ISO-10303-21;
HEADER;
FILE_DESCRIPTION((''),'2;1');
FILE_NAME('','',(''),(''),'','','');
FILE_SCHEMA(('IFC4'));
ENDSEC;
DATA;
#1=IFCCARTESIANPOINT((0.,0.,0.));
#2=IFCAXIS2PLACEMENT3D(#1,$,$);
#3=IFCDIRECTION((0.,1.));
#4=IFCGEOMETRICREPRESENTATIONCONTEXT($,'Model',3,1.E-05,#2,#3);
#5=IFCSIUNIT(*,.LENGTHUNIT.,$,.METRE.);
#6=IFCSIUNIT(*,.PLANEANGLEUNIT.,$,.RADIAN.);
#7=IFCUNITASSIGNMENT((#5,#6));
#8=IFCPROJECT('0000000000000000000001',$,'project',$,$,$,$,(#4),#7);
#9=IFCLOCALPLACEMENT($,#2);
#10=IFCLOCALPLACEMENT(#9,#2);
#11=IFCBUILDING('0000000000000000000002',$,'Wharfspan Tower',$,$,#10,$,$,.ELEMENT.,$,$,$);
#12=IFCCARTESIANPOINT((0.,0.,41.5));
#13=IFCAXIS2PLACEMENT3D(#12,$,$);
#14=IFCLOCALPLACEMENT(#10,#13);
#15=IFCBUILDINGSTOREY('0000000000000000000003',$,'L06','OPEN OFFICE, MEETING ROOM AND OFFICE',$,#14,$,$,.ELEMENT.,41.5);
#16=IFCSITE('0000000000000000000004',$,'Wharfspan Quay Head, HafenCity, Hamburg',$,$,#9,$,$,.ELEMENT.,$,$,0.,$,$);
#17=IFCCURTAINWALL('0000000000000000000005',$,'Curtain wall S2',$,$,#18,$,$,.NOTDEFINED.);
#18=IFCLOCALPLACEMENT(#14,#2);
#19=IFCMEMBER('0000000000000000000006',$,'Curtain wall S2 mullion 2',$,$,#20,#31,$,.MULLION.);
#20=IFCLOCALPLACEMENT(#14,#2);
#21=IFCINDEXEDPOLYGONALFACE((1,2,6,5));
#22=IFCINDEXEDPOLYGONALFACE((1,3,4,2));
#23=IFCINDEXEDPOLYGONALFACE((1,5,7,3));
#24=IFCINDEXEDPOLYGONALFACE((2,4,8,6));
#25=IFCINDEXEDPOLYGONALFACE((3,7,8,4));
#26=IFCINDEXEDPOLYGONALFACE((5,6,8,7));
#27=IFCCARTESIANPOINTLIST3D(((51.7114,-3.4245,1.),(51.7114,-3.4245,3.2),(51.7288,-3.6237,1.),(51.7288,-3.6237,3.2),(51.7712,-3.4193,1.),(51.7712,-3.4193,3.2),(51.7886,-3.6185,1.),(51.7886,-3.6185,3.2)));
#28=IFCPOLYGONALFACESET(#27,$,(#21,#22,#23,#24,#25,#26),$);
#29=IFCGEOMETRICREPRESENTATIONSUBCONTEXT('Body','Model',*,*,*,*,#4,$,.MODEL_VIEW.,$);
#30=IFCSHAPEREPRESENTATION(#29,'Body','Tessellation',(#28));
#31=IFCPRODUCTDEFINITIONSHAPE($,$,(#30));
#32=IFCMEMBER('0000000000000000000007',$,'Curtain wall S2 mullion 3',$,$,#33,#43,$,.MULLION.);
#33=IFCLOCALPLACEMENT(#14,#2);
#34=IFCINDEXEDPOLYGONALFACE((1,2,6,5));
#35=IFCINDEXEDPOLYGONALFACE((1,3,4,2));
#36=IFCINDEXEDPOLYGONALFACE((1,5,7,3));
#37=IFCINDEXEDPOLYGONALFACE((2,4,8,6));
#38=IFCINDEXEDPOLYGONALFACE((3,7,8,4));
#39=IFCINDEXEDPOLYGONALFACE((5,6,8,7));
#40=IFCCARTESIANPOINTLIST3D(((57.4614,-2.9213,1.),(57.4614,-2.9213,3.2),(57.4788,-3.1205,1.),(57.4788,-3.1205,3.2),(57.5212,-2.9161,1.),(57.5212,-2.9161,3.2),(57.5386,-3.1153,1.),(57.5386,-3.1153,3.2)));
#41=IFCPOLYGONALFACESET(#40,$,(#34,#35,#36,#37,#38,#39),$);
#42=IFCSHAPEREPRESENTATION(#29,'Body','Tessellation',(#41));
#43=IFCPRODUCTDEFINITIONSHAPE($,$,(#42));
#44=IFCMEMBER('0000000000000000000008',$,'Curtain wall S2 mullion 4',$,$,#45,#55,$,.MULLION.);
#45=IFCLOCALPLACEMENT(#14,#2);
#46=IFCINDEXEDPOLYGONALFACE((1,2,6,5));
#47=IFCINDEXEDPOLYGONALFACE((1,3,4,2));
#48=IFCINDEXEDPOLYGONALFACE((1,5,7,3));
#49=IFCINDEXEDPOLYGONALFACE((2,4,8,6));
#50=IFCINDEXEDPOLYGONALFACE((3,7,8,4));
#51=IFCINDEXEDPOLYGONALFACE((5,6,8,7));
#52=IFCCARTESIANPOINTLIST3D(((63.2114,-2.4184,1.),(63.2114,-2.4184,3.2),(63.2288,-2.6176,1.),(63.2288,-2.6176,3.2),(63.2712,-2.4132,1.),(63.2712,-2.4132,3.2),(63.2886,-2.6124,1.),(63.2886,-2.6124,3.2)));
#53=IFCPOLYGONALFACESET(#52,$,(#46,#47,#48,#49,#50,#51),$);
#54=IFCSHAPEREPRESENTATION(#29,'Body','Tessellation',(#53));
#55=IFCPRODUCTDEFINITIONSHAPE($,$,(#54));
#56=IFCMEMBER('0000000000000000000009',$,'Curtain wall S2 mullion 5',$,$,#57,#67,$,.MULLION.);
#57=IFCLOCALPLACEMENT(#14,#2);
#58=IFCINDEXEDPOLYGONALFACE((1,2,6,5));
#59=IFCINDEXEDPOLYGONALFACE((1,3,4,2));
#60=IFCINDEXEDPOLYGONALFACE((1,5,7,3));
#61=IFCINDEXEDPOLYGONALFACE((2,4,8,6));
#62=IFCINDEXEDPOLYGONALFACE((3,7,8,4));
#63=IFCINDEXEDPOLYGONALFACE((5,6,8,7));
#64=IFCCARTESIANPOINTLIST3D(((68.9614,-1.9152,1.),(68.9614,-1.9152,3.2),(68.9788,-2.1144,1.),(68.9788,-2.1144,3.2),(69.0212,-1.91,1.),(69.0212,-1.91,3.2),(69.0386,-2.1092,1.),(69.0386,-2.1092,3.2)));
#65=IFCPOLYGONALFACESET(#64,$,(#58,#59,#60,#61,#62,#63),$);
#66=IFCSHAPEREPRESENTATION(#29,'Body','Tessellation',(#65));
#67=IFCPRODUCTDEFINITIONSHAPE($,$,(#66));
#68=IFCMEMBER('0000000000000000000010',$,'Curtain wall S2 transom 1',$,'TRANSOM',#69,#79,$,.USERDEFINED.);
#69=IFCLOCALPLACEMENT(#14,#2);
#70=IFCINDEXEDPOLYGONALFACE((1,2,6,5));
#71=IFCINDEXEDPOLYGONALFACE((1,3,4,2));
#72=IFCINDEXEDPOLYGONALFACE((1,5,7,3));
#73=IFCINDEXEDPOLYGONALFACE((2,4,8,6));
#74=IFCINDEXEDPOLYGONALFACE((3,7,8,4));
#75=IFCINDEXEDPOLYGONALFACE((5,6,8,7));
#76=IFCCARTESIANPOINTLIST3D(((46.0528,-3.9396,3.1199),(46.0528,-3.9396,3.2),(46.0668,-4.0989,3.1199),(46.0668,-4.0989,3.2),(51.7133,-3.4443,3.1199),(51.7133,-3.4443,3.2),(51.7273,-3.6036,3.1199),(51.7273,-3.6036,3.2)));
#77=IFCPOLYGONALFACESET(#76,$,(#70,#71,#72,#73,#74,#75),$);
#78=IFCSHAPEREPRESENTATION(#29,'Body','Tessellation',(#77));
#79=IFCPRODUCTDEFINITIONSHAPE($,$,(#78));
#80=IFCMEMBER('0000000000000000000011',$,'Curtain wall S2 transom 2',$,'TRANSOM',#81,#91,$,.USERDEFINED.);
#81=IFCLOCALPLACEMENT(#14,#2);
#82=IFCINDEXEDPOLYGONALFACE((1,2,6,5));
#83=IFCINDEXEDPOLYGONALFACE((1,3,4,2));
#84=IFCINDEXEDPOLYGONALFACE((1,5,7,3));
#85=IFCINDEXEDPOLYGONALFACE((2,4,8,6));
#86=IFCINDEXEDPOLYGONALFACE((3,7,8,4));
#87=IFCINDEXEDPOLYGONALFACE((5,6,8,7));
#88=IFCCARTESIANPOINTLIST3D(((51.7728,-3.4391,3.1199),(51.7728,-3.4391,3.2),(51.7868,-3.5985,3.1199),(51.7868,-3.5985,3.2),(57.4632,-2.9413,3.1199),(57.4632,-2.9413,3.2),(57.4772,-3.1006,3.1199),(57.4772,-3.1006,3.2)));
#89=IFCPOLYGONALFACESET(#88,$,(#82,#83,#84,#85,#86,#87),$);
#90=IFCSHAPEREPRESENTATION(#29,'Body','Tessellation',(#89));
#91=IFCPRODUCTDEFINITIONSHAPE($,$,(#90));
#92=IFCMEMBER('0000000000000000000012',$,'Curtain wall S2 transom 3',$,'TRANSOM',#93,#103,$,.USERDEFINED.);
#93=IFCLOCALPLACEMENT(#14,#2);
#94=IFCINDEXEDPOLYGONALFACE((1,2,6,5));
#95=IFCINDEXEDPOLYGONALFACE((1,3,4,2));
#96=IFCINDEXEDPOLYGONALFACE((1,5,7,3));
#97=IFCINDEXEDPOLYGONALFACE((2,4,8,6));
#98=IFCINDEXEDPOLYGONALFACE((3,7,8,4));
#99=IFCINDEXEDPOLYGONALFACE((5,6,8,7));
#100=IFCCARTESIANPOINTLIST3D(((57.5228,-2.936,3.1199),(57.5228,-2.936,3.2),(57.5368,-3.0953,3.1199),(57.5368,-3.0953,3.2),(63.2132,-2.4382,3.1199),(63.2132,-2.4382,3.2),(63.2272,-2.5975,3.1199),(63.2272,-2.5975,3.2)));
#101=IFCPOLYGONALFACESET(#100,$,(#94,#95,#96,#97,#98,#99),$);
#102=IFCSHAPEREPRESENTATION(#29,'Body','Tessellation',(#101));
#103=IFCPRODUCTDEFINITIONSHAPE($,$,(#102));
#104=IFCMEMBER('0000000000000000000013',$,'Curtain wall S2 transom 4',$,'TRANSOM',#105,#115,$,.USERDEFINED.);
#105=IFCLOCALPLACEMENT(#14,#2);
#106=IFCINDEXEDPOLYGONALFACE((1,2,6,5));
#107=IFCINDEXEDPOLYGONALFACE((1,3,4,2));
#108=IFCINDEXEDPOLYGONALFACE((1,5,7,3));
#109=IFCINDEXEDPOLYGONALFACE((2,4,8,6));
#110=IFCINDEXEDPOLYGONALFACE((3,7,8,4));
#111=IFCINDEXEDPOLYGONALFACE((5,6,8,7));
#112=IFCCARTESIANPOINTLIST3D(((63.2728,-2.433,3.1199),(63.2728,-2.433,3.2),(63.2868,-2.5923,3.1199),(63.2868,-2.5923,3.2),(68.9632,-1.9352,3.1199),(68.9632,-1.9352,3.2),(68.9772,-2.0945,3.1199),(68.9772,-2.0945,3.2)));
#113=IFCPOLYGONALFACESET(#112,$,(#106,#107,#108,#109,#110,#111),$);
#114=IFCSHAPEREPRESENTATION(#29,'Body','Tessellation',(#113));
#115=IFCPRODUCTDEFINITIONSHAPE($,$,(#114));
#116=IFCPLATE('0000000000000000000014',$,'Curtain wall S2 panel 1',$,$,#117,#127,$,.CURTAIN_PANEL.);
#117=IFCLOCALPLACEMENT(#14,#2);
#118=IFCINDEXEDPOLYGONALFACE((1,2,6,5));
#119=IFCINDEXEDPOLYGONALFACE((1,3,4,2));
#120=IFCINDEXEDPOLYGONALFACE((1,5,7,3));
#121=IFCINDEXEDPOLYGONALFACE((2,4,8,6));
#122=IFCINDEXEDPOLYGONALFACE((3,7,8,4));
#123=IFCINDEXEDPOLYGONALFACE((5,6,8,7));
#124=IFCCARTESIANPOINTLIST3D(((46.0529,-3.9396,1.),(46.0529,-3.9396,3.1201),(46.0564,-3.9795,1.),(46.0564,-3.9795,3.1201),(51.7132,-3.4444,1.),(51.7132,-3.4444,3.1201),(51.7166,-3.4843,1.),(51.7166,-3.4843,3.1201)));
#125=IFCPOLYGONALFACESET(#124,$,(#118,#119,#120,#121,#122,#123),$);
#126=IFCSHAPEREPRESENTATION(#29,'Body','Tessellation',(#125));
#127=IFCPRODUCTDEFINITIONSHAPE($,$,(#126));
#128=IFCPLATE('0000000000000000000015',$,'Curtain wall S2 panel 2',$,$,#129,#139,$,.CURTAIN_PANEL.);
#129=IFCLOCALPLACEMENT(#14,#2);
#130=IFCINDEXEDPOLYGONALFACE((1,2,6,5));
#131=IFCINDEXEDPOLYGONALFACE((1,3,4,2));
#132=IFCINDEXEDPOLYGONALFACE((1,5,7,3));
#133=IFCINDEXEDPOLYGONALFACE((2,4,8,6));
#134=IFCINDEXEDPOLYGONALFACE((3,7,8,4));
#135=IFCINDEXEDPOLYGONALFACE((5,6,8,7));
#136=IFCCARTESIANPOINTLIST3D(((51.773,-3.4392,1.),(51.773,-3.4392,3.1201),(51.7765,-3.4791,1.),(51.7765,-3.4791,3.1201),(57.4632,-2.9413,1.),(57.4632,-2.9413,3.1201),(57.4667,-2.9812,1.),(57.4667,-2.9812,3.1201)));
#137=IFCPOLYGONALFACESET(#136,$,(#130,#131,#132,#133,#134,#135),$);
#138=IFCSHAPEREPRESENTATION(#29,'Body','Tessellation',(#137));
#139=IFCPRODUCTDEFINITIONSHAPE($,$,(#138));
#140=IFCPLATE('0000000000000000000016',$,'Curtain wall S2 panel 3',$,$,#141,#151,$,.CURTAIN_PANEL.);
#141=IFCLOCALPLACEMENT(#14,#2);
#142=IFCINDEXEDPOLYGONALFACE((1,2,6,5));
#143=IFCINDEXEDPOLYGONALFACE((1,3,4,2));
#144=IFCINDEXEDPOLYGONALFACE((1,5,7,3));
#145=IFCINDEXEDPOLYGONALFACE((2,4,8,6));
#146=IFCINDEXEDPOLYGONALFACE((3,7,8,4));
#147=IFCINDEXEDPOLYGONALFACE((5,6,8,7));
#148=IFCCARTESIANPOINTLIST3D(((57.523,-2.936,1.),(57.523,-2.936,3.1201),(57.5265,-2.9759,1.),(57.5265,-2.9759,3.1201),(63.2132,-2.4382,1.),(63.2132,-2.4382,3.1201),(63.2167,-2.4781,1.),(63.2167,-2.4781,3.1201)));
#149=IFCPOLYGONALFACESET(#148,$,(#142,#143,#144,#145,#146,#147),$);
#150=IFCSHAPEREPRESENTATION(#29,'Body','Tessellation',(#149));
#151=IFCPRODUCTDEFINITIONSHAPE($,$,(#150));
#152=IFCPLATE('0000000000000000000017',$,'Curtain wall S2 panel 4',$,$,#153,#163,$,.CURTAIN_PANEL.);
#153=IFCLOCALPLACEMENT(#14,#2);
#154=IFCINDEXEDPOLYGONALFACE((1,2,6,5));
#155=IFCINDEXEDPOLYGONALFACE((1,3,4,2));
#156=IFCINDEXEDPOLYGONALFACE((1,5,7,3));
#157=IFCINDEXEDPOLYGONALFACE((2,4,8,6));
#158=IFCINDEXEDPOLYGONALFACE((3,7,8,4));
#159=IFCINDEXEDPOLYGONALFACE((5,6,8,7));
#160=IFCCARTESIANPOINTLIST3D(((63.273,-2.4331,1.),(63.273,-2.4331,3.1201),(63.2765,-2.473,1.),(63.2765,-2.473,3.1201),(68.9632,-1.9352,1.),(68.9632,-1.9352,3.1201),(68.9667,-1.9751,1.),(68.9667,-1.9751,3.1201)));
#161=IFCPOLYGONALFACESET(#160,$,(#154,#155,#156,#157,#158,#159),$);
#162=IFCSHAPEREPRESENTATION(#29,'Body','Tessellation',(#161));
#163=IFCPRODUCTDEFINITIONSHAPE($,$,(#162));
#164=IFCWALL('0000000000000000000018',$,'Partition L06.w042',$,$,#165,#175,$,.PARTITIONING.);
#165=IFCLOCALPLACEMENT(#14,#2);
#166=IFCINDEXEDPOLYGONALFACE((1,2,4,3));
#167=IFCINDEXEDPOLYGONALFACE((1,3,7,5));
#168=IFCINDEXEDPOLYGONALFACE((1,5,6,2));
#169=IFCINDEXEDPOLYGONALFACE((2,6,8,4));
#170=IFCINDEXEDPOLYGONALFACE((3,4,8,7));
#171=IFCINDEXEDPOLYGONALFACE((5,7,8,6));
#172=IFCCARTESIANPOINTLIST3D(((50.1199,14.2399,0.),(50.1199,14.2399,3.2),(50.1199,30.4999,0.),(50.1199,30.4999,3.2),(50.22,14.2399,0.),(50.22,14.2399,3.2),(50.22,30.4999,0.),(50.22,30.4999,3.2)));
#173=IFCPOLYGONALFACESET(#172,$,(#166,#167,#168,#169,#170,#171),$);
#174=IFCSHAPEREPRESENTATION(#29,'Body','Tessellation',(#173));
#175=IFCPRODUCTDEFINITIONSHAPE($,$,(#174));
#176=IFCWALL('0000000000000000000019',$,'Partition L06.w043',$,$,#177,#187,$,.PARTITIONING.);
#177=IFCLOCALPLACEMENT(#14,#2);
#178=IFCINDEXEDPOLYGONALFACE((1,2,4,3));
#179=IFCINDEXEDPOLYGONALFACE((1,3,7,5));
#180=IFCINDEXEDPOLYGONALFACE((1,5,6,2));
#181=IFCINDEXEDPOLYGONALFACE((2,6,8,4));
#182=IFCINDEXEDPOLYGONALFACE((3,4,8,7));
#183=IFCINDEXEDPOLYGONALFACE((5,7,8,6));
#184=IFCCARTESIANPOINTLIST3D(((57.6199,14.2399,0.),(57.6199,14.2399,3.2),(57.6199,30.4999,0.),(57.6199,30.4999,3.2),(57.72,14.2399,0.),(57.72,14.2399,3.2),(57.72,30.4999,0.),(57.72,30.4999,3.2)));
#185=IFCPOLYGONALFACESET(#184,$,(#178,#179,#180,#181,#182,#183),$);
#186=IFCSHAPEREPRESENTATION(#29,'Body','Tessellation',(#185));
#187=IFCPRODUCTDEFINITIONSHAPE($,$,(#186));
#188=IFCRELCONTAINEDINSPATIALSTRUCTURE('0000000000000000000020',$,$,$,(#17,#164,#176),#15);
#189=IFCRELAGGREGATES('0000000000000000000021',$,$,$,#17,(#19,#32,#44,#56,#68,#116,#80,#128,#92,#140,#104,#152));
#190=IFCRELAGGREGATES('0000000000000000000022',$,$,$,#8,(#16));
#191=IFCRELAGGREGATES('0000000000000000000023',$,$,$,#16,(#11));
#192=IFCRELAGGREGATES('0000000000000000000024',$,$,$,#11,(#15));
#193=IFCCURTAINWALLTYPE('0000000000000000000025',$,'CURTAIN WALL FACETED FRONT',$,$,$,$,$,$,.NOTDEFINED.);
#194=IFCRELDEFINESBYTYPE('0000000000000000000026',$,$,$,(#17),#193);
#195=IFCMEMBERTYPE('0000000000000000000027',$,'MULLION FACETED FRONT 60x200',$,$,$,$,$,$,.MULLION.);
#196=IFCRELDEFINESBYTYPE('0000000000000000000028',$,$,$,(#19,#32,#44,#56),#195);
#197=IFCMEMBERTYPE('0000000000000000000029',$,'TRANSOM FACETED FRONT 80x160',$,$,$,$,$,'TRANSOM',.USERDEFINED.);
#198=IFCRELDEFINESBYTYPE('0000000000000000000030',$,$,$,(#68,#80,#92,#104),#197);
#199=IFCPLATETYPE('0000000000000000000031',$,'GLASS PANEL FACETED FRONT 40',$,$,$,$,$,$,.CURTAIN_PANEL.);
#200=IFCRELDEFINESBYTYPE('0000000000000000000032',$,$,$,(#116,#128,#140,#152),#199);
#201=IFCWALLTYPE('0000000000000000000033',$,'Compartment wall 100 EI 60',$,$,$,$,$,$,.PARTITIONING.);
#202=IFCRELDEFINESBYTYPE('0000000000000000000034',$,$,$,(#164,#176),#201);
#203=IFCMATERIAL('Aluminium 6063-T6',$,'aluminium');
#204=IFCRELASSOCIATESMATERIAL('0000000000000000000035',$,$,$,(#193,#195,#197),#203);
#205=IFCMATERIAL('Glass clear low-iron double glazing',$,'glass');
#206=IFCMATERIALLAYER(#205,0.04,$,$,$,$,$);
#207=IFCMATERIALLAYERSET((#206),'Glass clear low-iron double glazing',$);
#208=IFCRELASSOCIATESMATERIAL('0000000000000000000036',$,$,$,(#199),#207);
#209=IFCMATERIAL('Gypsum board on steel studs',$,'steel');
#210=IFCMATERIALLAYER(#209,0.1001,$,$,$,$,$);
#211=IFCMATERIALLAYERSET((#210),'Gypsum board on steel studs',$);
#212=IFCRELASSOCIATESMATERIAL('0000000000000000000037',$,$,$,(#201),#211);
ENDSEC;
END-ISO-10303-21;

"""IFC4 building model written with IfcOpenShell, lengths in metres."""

from ifc_helpers import new_model, si_unit, direction, frame, frame_2d, origin, origin_2d, place, context, subcontext, project, spatial, rectangle, extrude, material, layer, layer_set, material_profile, profile_set, type_object, element, aggregate, save


model = new_model("IFC4")

# Units and contexts
model_context = context("Model", 3, precision=1e-05, world=origin(), true_north=direction((0.0, 1.0)))
body_context = subcontext(model_context, "Body", "Model", "MODEL_VIEW")
ifc_project = project(units=[si_unit("LENGTHUNIT", "METRE"), si_unit("PLANEANGLEUNIT", "RADIAN")], contexts=[model_context])

# Site, building, storey
site_placement = place(None, origin())
site = spatial("IfcSite", under=ifc_project, at=site_placement, Name="Wharfspan Quay Head, HafenCity, Hamburg", CompositionType="ELEMENT", RefElevation=0.0)
building_placement = place(site_placement, origin())
building = spatial("IfcBuilding", under=site, at=building_placement, Name="Wharfspan Tower", CompositionType="ELEMENT")
storey_placement = place(building_placement, frame((0.0, 0.0, 41.5)))
storey = spatial("IfcBuildingStorey", under=building, at=storey_placement, Name="L06", Description="OPEN OFFICE, MEETING ROOM AND OFFICE", CompositionType="ELEMENT", Elevation=41.5)

# Curtain wall, members, plates
ifc_material_1 = material(Name="Aluminium 6063-T6", Category="aluminium")
curtain_wall_type = type_object("IfcCurtainWallType", Name="CURTAIN WALL FACETED FRONT", PredefinedType="NOTDEFINED", material=ifc_material_1)
curtain_wall_placement = place(storey_placement, origin())
curtain_wall = element("IfcCurtainWall", 1, at=curtain_wall_placement, inside=storey, type_object=curtain_wall_type, Name="Curtain wall S2", PredefinedType="NOTDEFINED")
ifc_material_profile_1 = material_profile(ifc_material_1, rectangle(XDim=0.2, YDim=0.0601, at=origin_2d()))
ifc_profile_set_1 = profile_set([ifc_material_profile_1], Name="Aluminium 6063-T6")
member_type_1 = type_object("IfcMemberType", Name="MULLION FACETED FRONT 60x200", PredefinedType="MULLION", material=ifc_profile_set_1)
member_1_placement = place(storey_placement, frame((51.75, -3.5215, 1.0), z_axis=(0.0, 0.0, 1.0), x_axis=(-0.087156, 0.996197, 0.0)))
member_1 = element("IfcMember", 2, at=member_1_placement, type_object=member_type_1, Name="Curtain wall S2 mullion 2", PredefinedType="MULLION", context=body_context, shape_type="SweptSolid", body=[
    extrude(rectangle(XDim=0.2, YDim=0.0601, at=origin_2d()), origin(), (0.0, 0.0, 1.0), 2.2),
])
member_2_placement = place(storey_placement, frame((57.5, -3.0183, 1.0), z_axis=(0.0, 0.0, 1.0), x_axis=(-0.087156, 0.996197, 0.0)))
member_2 = element("IfcMember", 3, at=member_2_placement, type_object=member_type_1, Name="Curtain wall S2 mullion 3", PredefinedType="MULLION", context=body_context, shape_type="SweptSolid", body=[
    extrude(rectangle(XDim=0.2, YDim=0.0601, at=origin_2d()), origin(), (0.0, 0.0, 1.0), 2.2),
])
member_3_placement = place(storey_placement, frame((63.25, -2.5154, 1.0), z_axis=(0.0, 0.0, 1.0), x_axis=(-0.087156, 0.996197, 0.0)))
member_3 = element("IfcMember", 4, at=member_3_placement, type_object=member_type_1, Name="Curtain wall S2 mullion 4", PredefinedType="MULLION", context=body_context, shape_type="SweptSolid", body=[
    extrude(rectangle(XDim=0.2, YDim=0.0601, at=origin_2d()), origin(), (0.0, 0.0, 1.0), 2.2),
])
member_4_placement = place(storey_placement, frame((69.0, -2.0122, 1.0), z_axis=(0.0, 0.0, 1.0), x_axis=(-0.087156, 0.996197, 0.0)))
member_4 = element("IfcMember", 5, at=member_4_placement, type_object=member_type_1, Name="Curtain wall S2 mullion 5", PredefinedType="MULLION", context=body_context, shape_type="SweptSolid", body=[
    extrude(rectangle(XDim=0.2, YDim=0.0601, at=origin_2d()), origin(), (0.0, 0.0, 1.0), 2.2),
])
ifc_material_profile_2 = material_profile(ifc_material_1, rectangle(XDim=0.1599, YDim=0.0801, at=origin_2d()))
ifc_profile_set_2 = profile_set([ifc_material_profile_2], Name="Aluminium 6063-T6")
member_type_2 = type_object("IfcMemberType", Name="TRANSOM FACETED FRONT 80x160", ElementType="TRANSOM", PredefinedType="USERDEFINED", material=ifc_profile_set_2)
member_5_placement = place(storey_placement, frame((46.0598, -4.0193, 3.1599), z_axis=(0.996193, 0.08718, 0.0), x_axis=(-0.08718, 0.996193, 0.0)))
member_5 = element("IfcMember", 6, at=member_5_placement, type_object=member_type_2, Name="Curtain wall S2 transom 1", ObjectType="TRANSOM", PredefinedType="USERDEFINED", context=body_context, shape_type="SweptSolid", body=[
    extrude(rectangle(XDim=0.1599, YDim=0.0801, at=origin_2d()), origin(), (0.0, 0.0, 1.0), 5.6821),
])
member_6_placement = place(storey_placement, frame((51.7798, -3.5188, 3.1599), z_axis=(0.996195, 0.087148, 0.0), x_axis=(-0.087148, 0.996195, 0.0)))
member_6 = element("IfcMember", 7, at=member_6_placement, type_object=member_type_2, Name="Curtain wall S2 transom 2", ObjectType="TRANSOM", PredefinedType="USERDEFINED", context=body_context, shape_type="SweptSolid", body=[
    extrude(rectangle(XDim=0.1599, YDim=0.0801, at=origin_2d()), origin(), (0.0, 0.0, 1.0), 5.7122),
])
member_7_placement = place(storey_placement, frame((57.5298, -3.0156, 3.1599), z_axis=(0.996195, 0.087148, 0.0), x_axis=(-0.087148, 0.996195, 0.0)))
member_7 = element("IfcMember", 8, at=member_7_placement, type_object=member_type_2, Name="Curtain wall S2 transom 3", ObjectType="TRANSOM", PredefinedType="USERDEFINED", context=body_context, shape_type="SweptSolid", body=[
    extrude(rectangle(XDim=0.1599, YDim=0.0801, at=origin_2d()), origin(), (0.0, 0.0, 1.0), 5.7122),
])
member_8_placement = place(storey_placement, frame((63.2798, -2.5127, 3.1599), z_axis=(0.996195, 0.087148, 0.0), x_axis=(-0.087148, 0.996195, 0.0)))
member_8 = element("IfcMember", 9, at=member_8_placement, type_object=member_type_2, Name="Curtain wall S2 transom 4", ObjectType="TRANSOM", PredefinedType="USERDEFINED", context=body_context, shape_type="SweptSolid", body=[
    extrude(rectangle(XDim=0.1599, YDim=0.0801, at=origin_2d()), origin(), (0.0, 0.0, 1.0), 5.7122),
])
ifc_material_2 = material(Name="Glass clear low-iron double glazing", Category="glass")
ifc_layer_1 = layer(ifc_material_2, 0.04)
ifc_layer_set_1 = layer_set([ifc_layer_1], Name="Glass clear low-iron double glazing")
plate_type = type_object("IfcPlateType", Name="GLASS PANEL FACETED FRONT 40", PredefinedType="CURTAIN_PANEL", material=ifc_layer_set_1)
plate_1_placement = place(storey_placement, frame((48.8848, -3.7119, 1.0), z_axis=(0.0, 0.0, 1.0), x_axis=(0.996197, 0.087156, 0.0)))
plate_1 = element("IfcPlate", 10, at=plate_1_placement, type_object=plate_type, Name="Curtain wall S2 panel 1", PredefinedType="CURTAIN_PANEL", context=body_context, shape_type="SweptSolid", body=[
    extrude(rectangle(XDim=5.6819, YDim=0.04, at=origin_2d()), origin(), (0.0, 0.0, 1.0), 2.1201),
])
plate_2_placement = place(storey_placement, frame((54.6199, -3.2102, 1.0), z_axis=(0.0, 0.0, 1.0), x_axis=(0.996197, 0.087156, 0.0)))
plate_2 = element("IfcPlate", 11, at=plate_2_placement, type_object=plate_type, Name="Curtain wall S2 panel 2", PredefinedType="CURTAIN_PANEL", context=body_context, shape_type="SweptSolid", body=[
    extrude(rectangle(XDim=5.7119, YDim=0.04, at=origin_2d()), origin(), (0.0, 0.0, 1.0), 2.1201),
])
plate_3_placement = place(storey_placement, frame((60.3699, -2.707, 1.0), z_axis=(0.0, 0.0, 1.0), x_axis=(0.996197, 0.087156, 0.0)))
plate_3 = element("IfcPlate", 12, at=plate_3_placement, type_object=plate_type, Name="Curtain wall S2 panel 3", PredefinedType="CURTAIN_PANEL", context=body_context, shape_type="SweptSolid", body=[
    extrude(rectangle(XDim=5.7119, YDim=0.04, at=origin_2d()), origin(), (0.0, 0.0, 1.0), 2.1201),
])
plate_4_placement = place(storey_placement, frame((66.1199, -2.2041, 1.0), z_axis=(0.0, 0.0, 1.0), x_axis=(0.996197, 0.087156, 0.0)))
plate_4 = element("IfcPlate", 13, at=plate_4_placement, type_object=plate_type, Name="Curtain wall S2 panel 4", PredefinedType="CURTAIN_PANEL", context=body_context, shape_type="SweptSolid", body=[
    extrude(rectangle(XDim=5.7119, YDim=0.04, at=origin_2d()), origin(), (0.0, 0.0, 1.0), 2.1201),
])
aggregate(curtain_wall, [member_1, member_2, member_3, member_4, member_5, plate_1, member_6, plate_2, member_7, plate_3, member_8, plate_4])

# Walls
ifc_material_3 = material(Name="Gypsum board on steel studs", Category="steel")
ifc_layer_2 = layer(ifc_material_3, 0.1001)
ifc_layer_set_2 = layer_set([ifc_layer_2], Name="Gypsum board on steel studs")
wall_type_1 = type_object("IfcWallType", Name="Compartment wall 100 EI 60", PredefinedType="PARTITIONING", material=ifc_layer_set_2)
for number, where, z_axis, x_axis, name in (
    (14, (50.1699, 14.24, 0.0), (0.0, 0.0, 1.0), (0.0, 1.0, 0.0), "Partition L06.w042"),
    (15, (57.6699, 14.24, 0.0), (0.0, 0.0, 1.0), (0.0, 1.0, 0.0), "Partition L06.w043"),
):
    element("IfcWall", number, at=place(storey_placement, frame(where, z_axis=z_axis, x_axis=x_axis)), inside=storey, type_object=wall_type_1, Name=name, PredefinedType="PARTITIONING", context=body_context, shape_type="SweptSolid", body=[
        extrude(rectangle(XDim=16.26, YDim=0.1001, at=frame_2d((8.1299, 0.0))), origin(), (0.0, 0.0, 1.0), 3.2),
    ])

save(model, "model.ifc")
